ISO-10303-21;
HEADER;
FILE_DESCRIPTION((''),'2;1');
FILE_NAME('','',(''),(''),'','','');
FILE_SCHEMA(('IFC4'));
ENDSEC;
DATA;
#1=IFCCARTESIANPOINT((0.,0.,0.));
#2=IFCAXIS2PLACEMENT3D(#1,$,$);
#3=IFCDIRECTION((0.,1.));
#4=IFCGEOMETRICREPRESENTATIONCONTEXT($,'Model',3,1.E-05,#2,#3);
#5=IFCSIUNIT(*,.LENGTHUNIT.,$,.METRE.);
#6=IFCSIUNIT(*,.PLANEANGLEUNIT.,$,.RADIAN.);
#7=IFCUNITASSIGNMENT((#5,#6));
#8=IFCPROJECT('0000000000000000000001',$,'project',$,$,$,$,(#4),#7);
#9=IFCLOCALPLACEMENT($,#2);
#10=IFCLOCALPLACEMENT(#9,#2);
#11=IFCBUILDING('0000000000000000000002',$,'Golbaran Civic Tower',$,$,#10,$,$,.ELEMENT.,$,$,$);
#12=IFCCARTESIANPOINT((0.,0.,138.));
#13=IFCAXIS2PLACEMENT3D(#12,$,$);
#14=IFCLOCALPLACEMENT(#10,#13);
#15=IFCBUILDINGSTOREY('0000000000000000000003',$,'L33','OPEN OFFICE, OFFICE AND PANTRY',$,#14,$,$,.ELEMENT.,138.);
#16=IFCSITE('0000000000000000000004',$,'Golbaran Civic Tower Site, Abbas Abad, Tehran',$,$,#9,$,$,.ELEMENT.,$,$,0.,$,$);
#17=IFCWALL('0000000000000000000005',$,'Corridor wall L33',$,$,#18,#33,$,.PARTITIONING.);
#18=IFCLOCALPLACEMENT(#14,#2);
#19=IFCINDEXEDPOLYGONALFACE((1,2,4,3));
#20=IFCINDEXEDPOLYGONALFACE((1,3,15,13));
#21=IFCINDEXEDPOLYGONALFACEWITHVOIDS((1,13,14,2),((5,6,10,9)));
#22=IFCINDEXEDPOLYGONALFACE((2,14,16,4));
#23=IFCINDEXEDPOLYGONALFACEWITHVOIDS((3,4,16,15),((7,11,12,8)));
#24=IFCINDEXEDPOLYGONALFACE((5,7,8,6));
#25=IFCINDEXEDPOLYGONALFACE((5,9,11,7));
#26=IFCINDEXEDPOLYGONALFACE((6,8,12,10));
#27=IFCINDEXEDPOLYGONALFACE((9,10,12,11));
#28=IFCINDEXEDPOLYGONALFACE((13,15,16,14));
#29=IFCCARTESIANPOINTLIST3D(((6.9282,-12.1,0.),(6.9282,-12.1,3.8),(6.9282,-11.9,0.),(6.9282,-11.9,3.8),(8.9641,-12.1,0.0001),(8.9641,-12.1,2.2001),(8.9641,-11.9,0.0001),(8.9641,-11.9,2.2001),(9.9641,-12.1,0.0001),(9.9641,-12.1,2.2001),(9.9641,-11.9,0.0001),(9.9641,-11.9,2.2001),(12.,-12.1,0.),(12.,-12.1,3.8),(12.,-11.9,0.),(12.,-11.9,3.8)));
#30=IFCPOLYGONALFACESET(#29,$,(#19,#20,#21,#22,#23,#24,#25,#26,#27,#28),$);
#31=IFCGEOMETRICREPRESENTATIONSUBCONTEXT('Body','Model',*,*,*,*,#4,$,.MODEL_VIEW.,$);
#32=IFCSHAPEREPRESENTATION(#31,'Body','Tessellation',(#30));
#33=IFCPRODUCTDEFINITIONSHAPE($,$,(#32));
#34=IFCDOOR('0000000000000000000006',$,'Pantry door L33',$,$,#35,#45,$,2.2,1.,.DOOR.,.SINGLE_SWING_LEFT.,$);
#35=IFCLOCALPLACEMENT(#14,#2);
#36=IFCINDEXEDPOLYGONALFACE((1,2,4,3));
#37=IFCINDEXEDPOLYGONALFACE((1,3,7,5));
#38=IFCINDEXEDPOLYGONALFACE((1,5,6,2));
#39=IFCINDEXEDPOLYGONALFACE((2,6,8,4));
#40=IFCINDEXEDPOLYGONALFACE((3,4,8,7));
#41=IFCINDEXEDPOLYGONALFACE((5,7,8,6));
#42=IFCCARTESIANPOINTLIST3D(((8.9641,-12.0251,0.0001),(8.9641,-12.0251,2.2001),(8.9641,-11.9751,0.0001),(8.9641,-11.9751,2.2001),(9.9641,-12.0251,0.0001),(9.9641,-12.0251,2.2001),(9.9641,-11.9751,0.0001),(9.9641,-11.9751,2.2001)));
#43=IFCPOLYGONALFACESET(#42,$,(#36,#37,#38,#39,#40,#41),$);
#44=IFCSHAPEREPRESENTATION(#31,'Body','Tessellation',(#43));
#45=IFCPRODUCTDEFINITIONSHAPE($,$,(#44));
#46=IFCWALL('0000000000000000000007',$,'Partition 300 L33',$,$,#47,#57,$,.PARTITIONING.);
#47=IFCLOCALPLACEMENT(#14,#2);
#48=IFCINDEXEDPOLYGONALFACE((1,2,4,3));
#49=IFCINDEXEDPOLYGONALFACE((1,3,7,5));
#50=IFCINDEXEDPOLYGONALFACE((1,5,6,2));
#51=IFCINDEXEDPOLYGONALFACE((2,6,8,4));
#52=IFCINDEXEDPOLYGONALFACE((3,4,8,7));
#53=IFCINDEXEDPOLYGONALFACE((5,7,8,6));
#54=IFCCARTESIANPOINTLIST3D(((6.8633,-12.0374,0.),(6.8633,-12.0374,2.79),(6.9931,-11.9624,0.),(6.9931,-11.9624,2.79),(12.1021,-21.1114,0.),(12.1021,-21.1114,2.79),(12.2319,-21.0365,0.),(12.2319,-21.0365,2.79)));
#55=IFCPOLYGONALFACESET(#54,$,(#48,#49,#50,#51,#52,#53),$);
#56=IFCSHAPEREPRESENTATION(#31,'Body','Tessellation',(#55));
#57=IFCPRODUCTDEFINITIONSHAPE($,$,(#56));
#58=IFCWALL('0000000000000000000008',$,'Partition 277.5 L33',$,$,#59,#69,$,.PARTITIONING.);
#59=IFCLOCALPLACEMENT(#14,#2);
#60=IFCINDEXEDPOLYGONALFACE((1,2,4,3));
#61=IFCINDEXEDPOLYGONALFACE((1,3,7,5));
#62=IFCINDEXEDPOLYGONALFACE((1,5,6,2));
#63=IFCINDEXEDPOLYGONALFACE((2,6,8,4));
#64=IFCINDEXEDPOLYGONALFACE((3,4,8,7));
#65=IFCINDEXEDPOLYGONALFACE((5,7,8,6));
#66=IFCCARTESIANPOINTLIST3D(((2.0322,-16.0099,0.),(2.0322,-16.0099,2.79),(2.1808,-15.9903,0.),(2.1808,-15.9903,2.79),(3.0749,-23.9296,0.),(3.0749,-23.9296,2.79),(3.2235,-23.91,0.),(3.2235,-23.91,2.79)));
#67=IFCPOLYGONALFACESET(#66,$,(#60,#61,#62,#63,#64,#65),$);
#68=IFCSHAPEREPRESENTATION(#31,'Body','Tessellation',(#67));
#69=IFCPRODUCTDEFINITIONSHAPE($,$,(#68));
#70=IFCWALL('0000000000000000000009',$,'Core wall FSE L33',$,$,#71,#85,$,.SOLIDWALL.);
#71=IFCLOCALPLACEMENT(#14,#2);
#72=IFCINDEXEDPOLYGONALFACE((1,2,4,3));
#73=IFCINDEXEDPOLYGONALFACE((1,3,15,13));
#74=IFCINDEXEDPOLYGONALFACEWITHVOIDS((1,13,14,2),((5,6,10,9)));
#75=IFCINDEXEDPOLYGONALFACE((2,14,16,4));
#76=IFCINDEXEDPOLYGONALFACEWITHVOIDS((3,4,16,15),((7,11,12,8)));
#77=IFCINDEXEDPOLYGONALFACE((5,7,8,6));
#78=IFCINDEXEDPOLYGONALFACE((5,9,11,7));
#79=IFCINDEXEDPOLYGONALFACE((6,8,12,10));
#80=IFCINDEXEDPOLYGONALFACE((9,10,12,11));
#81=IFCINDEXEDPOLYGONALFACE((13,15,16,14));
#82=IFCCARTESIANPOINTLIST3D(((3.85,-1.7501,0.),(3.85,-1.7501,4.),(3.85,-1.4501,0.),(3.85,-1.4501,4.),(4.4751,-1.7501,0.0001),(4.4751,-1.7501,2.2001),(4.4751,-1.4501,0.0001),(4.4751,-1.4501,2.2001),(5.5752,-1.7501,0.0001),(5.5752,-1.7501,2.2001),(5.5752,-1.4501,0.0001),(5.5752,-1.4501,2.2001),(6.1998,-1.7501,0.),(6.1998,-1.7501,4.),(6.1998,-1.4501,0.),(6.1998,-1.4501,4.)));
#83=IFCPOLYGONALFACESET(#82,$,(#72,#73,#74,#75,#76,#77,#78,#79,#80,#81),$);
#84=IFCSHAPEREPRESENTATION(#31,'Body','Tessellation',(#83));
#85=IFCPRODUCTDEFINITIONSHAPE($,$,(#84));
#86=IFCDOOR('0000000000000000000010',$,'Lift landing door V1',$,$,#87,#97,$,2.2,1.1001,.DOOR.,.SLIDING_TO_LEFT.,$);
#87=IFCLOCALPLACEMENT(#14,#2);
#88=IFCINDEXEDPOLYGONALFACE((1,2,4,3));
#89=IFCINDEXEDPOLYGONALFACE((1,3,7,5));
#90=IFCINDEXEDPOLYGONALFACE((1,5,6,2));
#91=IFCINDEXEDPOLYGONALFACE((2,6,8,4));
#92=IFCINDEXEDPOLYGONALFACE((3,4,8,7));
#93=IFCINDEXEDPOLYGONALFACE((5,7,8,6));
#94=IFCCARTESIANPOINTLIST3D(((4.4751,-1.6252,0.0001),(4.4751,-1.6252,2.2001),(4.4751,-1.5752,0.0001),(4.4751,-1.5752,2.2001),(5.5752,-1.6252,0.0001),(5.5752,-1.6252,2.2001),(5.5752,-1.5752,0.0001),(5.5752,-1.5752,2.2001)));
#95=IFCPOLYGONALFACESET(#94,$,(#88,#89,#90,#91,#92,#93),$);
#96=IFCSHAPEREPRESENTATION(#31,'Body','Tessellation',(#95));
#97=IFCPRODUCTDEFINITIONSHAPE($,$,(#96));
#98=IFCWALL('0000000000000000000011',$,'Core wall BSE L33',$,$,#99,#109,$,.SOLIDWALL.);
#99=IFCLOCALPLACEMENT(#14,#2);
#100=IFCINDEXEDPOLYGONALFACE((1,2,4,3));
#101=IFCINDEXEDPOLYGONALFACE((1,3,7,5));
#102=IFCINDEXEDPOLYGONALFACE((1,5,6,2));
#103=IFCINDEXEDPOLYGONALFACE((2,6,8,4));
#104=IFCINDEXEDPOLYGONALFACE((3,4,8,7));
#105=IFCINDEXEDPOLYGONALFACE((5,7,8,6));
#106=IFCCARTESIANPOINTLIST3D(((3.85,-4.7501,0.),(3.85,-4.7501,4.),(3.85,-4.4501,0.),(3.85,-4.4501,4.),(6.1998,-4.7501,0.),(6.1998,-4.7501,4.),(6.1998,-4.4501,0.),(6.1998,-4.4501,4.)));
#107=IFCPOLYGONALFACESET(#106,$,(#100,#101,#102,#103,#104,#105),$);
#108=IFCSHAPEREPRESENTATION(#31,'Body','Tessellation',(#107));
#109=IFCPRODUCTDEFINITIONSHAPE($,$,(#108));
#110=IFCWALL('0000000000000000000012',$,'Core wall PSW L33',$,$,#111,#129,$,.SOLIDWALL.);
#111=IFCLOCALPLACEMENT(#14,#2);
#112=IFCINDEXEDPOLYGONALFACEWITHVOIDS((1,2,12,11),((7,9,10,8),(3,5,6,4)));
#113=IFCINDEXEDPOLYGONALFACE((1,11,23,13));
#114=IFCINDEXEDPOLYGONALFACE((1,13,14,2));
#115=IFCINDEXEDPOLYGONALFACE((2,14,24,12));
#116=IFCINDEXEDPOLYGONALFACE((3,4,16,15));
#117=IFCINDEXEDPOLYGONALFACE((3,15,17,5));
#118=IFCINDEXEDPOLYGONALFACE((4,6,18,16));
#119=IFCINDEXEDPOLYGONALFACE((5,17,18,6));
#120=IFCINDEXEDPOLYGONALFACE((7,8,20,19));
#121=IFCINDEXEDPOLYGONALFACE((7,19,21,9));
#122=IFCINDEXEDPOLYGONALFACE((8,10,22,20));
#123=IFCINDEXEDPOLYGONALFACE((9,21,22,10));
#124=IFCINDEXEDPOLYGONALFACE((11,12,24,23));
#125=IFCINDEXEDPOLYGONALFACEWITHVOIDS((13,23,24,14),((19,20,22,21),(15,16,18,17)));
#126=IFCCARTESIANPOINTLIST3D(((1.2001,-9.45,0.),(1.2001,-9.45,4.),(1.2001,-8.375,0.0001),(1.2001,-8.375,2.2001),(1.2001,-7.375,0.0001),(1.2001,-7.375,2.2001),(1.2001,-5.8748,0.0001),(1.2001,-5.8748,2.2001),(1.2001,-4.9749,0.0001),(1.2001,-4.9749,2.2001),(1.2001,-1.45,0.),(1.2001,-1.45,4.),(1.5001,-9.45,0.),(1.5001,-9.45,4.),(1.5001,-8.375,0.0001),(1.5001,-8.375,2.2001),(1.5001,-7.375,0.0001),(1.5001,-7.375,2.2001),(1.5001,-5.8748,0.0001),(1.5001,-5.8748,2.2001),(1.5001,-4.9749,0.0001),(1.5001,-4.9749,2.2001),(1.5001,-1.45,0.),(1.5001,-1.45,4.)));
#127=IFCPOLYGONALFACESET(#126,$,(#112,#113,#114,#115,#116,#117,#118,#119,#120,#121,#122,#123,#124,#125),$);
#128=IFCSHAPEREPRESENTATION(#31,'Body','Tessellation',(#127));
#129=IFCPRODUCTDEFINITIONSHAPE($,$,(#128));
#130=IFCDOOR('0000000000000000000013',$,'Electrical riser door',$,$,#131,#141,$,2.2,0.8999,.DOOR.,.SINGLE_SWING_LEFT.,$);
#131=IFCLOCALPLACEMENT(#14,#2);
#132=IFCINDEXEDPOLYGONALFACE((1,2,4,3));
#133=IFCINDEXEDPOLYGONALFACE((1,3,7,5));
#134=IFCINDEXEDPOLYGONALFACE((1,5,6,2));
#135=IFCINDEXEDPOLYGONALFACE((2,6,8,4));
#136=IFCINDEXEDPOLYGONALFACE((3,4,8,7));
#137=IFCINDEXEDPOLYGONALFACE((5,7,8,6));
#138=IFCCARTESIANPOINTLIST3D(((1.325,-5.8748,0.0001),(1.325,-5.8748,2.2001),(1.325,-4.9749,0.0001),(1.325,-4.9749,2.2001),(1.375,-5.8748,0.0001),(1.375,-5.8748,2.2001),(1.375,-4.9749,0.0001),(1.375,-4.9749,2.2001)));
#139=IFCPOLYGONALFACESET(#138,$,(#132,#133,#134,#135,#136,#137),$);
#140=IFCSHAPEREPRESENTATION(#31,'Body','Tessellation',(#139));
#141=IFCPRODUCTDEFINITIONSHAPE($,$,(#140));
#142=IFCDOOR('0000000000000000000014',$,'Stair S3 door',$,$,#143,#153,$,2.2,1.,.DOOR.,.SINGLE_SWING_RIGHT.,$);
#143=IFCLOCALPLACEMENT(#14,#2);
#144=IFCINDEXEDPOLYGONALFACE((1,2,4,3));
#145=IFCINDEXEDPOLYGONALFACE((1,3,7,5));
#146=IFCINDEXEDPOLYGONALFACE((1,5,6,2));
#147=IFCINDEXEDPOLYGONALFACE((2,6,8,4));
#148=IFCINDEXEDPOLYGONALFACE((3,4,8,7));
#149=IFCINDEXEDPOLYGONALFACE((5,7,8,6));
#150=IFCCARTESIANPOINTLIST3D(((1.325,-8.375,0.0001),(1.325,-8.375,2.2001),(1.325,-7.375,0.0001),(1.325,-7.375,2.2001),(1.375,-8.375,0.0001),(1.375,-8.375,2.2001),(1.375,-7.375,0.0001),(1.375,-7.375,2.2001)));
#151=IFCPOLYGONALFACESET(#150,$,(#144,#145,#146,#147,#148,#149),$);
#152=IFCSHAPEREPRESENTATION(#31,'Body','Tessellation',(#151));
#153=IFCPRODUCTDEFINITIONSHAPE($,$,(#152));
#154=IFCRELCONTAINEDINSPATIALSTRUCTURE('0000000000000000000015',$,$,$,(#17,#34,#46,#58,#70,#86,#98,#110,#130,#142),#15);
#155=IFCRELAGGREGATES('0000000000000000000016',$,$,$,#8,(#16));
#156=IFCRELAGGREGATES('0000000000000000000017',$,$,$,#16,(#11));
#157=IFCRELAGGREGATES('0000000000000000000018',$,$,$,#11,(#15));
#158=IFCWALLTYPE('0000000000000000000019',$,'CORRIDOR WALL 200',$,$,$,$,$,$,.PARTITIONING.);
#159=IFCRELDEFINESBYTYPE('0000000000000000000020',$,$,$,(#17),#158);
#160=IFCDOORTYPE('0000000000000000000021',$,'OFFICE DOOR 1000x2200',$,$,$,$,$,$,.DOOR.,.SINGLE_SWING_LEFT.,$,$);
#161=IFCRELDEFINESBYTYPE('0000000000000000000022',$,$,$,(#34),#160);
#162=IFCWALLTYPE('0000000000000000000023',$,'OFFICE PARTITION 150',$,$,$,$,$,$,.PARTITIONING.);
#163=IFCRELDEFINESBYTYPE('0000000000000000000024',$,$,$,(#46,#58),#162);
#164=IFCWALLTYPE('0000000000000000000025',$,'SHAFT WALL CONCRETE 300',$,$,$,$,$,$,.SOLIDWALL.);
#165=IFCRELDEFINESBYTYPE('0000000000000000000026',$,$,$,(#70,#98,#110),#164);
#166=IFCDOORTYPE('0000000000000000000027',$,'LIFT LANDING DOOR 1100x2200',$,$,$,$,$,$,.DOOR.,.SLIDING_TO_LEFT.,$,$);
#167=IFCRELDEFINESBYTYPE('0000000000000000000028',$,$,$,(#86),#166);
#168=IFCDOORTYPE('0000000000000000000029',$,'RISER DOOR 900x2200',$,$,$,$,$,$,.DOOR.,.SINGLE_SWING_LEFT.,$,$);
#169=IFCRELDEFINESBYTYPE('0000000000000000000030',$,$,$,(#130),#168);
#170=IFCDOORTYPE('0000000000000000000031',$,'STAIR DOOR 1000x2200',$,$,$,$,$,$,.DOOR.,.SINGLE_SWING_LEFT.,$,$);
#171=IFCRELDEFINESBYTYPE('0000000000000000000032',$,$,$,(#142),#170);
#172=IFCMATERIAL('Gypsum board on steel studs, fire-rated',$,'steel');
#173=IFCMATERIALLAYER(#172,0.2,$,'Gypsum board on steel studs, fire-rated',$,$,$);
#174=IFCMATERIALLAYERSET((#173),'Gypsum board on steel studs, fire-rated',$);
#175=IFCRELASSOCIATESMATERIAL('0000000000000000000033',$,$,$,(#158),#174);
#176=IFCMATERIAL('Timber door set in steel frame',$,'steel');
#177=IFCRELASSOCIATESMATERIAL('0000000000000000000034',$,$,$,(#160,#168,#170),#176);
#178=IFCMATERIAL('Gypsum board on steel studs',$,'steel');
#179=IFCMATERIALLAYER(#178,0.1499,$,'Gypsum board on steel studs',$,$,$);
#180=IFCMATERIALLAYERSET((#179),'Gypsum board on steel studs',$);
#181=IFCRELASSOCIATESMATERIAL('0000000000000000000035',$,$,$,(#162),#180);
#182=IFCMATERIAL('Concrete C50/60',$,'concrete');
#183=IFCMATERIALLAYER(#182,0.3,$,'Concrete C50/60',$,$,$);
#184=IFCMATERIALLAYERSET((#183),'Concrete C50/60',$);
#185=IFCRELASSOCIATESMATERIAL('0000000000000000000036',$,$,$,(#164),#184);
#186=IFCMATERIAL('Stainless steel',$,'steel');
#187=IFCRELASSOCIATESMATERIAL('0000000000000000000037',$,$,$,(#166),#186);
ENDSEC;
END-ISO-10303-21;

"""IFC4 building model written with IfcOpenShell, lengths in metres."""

from ifc_helpers import new_model, si_unit, direction, frame, frame_2d, origin, place, context, subcontext, project, spatial, rectangle, extrude, material, layer, layer_set, type_object, element, fill, save


model = new_model("IFC4")

# Units and contexts
model_context = context("Model", 3, precision=1e-05, world=origin(), true_north=direction((0.0, 1.0)))
body_context = subcontext(model_context, "Body", "Model", "MODEL_VIEW")
ifc_project = project(units=[si_unit("LENGTHUNIT", "METRE"), si_unit("PLANEANGLEUNIT", "RADIAN")], contexts=[model_context])

# Site, building, storey
site_placement = place(None, origin())
site = spatial("IfcSite", under=ifc_project, at=site_placement, Name="Golbaran Civic Tower Site, Abbas Abad, Tehran", CompositionType="ELEMENT", RefElevation=0.0)
building_placement = place(site_placement, origin())
building = spatial("IfcBuilding", under=site, at=building_placement, Name="Golbaran Civic Tower", CompositionType="ELEMENT")
storey_placement = place(building_placement, frame((0.0, 0.0, 138.0)))
storey = spatial("IfcBuildingStorey", under=building, at=storey_placement, Name="L33", Description="OPEN OFFICE, OFFICE AND PANTRY", CompositionType="ELEMENT", Elevation=138.0)

# Shared definitions
ifc_material_1 = material(Name="Concrete C50/60", Category="concrete")

# Wall, opening, door
ifc_material_2 = material(Name="Gypsum board on steel studs, fire-rated", Category="steel")
ifc_layer_1 = layer(ifc_material_2, 0.2, Name="Gypsum board on steel studs, fire-rated")
ifc_layer_set_1 = layer_set([ifc_layer_1], Name="Gypsum board on steel studs, fire-rated")
wall_type_1 = type_object("IfcWallType", Name="CORRIDOR WALL 200", PredefinedType="PARTITIONING", material=ifc_layer_set_1)
wall_1_placement = place(storey_placement, frame((6.9282, -12.0, 0.0), z_axis=(0.0, 0.0, 1.0), x_axis=(1.0, 0.0, 0.0)))
wall_1 = element("IfcWall", 1, at=wall_1_placement, inside=storey, type_object=wall_type_1, Name="Corridor wall L33", PredefinedType="PARTITIONING", context=body_context, shape_type="SweptSolid", body=[
    extrude(rectangle(XDim=5.0718, YDim=0.2, at=frame_2d((2.5359, 0.0))), origin(), (0.0, 0.0, 1.0), 3.8),
])
opening_1_placement = place(wall_1_placement, frame((2.0359, 0.0, 0.0)))
opening_1 = element("IfcOpeningElement", 2, at=opening_1_placement, cuts=wall_1, PredefinedType="OPENING", context=body_context, shape_type="SweptSolid", body=[
    extrude(rectangle(XDim=1.0, YDim=2.2, at=frame_2d((0.5, 1.1001))), frame((0.0, 0.1099, 0.0), z_axis=(0.0, -1.0, 0.0), x_axis=(1.0, 0.0, 0.0)), (0.0, 0.0, 1.0), 0.22),
])
ifc_material_3 = material(Name="Timber door set in steel frame", Category="steel")
door_type_1 = type_object("IfcDoorType", Name="OFFICE DOOR 1000x2200", OperationType="SINGLE_SWING_LEFT", PredefinedType="DOOR", material=ifc_material_3)
door_1_placement = place(opening_1_placement, origin())
door_1 = element("IfcDoor", 3, at=door_1_placement, inside=storey, type_object=door_type_1, Name="Pantry door L33", OperationType="SINGLE_SWING_LEFT", OverallHeight=2.2, OverallWidth=1.0, PredefinedType="DOOR", context=body_context, shape_type="SweptSolid", body=[
    extrude(rectangle(XDim=1.0, YDim=2.2, at=frame_2d((0.5, 1.1001))), frame((0.0, 0.0249, 0.0), z_axis=(0.0, -1.0, 0.0), x_axis=(1.0, 0.0, 0.0)), (0.0, 0.0, 1.0), 0.05),
])
fill(opening_1, door_1)

# Walls
ifc_material_4 = material(Name="Gypsum board on steel studs", Category="steel")
ifc_layer_2 = layer(ifc_material_4, 0.1499, Name="Gypsum board on steel studs")
ifc_layer_set_2 = layer_set([ifc_layer_2], Name="Gypsum board on steel studs")
wall_type_2 = type_object("IfcWallType", Name="OFFICE PARTITION 150", PredefinedType="PARTITIONING", material=ifc_layer_set_2)
wall_2_placement = place(storey_placement, frame((6.9282, -12.0, 0.0), z_axis=(0.0, 0.0, 1.0), x_axis=(0.499993, -0.866029, 0.0)))
element("IfcWall", 4, at=wall_2_placement, inside=storey, type_object=wall_type_2, Name="Partition 300 L33", PredefinedType="PARTITIONING", context=body_context, shape_type="SweptSolid", body=[
    extrude(rectangle(XDim=10.4778, YDim=0.1499, at=frame_2d((5.2388, 0.0))), origin(), (0.0, 0.0, 1.0), 2.79),
])
wall_3_placement = place(storey_placement, frame((2.1064, -16.0, 0.0), z_axis=(0.0, 0.0, 1.0), x_axis=(0.130536, -0.991444, 0.0)))
element("IfcWall", 5, at=wall_3_placement, inside=storey, type_object=wall_type_2, Name="Partition 277.5 L33", PredefinedType="PARTITIONING", context=body_context, shape_type="SweptSolid", body=[
    extrude(rectangle(XDim=7.988, YDim=0.1499, at=frame_2d((3.9941, 0.0))), origin(), (0.0, 0.0, 1.0), 2.79),
])

# Wall, opening, door
ifc_layer_3 = layer(ifc_material_1, 0.3, Name="Concrete C50/60")
ifc_layer_set_3 = layer_set([ifc_layer_3], Name="Concrete C50/60")
wall_type_3 = type_object("IfcWallType", Name="SHAFT WALL CONCRETE 300", PredefinedType="SOLIDWALL", material=ifc_layer_set_3)
wall_4_placement = place(storey_placement, frame((3.8501, -1.6001, 0.0), z_axis=(0.0, 0.0, 1.0), x_axis=(1.0, 0.0, 0.0)))
wall_4 = element("IfcWall", 6, at=wall_4_placement, inside=storey, type_object=wall_type_3, Name="Core wall FSE L33", PredefinedType="SOLIDWALL", context=body_context, shape_type="SweptSolid", body=[
    extrude(rectangle(XDim=2.3499, YDim=0.3, at=frame_2d((1.1748, 0.0))), origin(), (0.0, 0.0, 1.0), 4.0),
])
opening_2_placement = place(wall_4_placement, frame((0.625, 0.0, 0.0)))
opening_2 = element("IfcOpeningElement", 7, at=opening_2_placement, cuts=wall_4, PredefinedType="OPENING", context=body_context, shape_type="SweptSolid", body=[
    extrude(rectangle(XDim=1.1001, YDim=2.2, at=frame_2d((0.55, 1.1001))), frame((0.0, 0.1599, 0.0), z_axis=(0.0, -1.0, 0.0), x_axis=(1.0, 0.0, 0.0)), (0.0, 0.0, 1.0), 0.3201),
])
ifc_material_5 = material(Name="Stainless steel", Category="steel")
door_type_2 = type_object("IfcDoorType", Name="LIFT LANDING DOOR 1100x2200", OperationType="SLIDING_TO_LEFT", PredefinedType="DOOR", material=ifc_material_5)
door_2_placement = place(opening_2_placement, origin())
door_2 = element("IfcDoor", 8, at=door_2_placement, inside=storey, type_object=door_type_2, Name="Lift landing door V1", OperationType="SLIDING_TO_LEFT", OverallHeight=2.2, OverallWidth=1.1001, PredefinedType="DOOR", context=body_context, shape_type="SweptSolid", body=[
    extrude(rectangle(XDim=1.1001, YDim=2.2, at=frame_2d((0.55, 1.1001))), frame((0.0, 0.0249, 0.0), z_axis=(0.0, -1.0, 0.0), x_axis=(1.0, 0.0, 0.0)), (0.0, 0.0, 1.0), 0.05),
])
fill(opening_2, door_2)

# Wall
wall_5_placement = place(storey_placement, frame((3.8501, -4.6001, 0.0), z_axis=(0.0, 0.0, 1.0), x_axis=(1.0, 0.0, 0.0)))
element("IfcWall", 9, at=wall_5_placement, inside=storey, type_object=wall_type_3, Name="Core wall BSE L33", PredefinedType="SOLIDWALL", context=body_context, shape_type="SweptSolid", body=[
    extrude(rectangle(XDim=2.3499, YDim=0.3, at=frame_2d((1.1748, 0.0))), origin(), (0.0, 0.0, 1.0), 4.0),
])

# Wall, openings, doors
wall_6_placement = place(storey_placement, frame((1.3501, -1.45, 0.0), z_axis=(0.0, 0.0, 1.0), x_axis=(0.0, -1.0, 0.0)))
wall_6 = element("IfcWall", 10, at=wall_6_placement, inside=storey, type_object=wall_type_3, Name="Core wall PSW L33", PredefinedType="SOLIDWALL", context=body_context, shape_type="SweptSolid", body=[
    extrude(rectangle(XDim=8.0, YDim=0.3, at=frame_2d((4.0, 0.0))), origin(), (0.0, 0.0, 1.0), 4.0),
])
opening_3_placement = place(wall_6_placement, frame((5.925, 0.0, 0.0)))
opening_3 = element("IfcOpeningElement", 11, at=opening_3_placement, cuts=wall_6, PredefinedType="OPENING", context=body_context, shape_type="SweptSolid", body=[
    extrude(rectangle(XDim=1.0, YDim=2.2, at=frame_2d((0.5, 1.1001))), frame((0.0, 0.1599, 0.0), z_axis=(0.0, -1.0, 0.0), x_axis=(1.0, 0.0, 0.0)), (0.0, 0.0, 1.0), 0.3201),
])
opening_4_placement = place(wall_6_placement, frame((3.5249, 0.0, 0.0)))
opening_4 = element("IfcOpeningElement", 12, at=opening_4_placement, cuts=wall_6, PredefinedType="OPENING", context=body_context, shape_type="SweptSolid", body=[
    extrude(rectangle(XDim=0.8999, YDim=2.2, at=frame_2d((0.45, 1.1001))), frame((0.0, 0.1599, 0.0), z_axis=(0.0, -1.0, 0.0), x_axis=(1.0, 0.0, 0.0)), (0.0, 0.0, 1.0), 0.3201),
])
door_type_3 = type_object("IfcDoorType", Name="RISER DOOR 900x2200", OperationType="SINGLE_SWING_LEFT", PredefinedType="DOOR", material=ifc_material_3)
door_3_placement = place(opening_4_placement, origin())
door_3 = element("IfcDoor", 13, at=door_3_placement, inside=storey, type_object=door_type_3, Name="Electrical riser door", OperationType="SINGLE_SWING_LEFT", OverallHeight=2.2, OverallWidth=0.8999, PredefinedType="DOOR", context=body_context, shape_type="SweptSolid", body=[
    extrude(rectangle(XDim=0.8999, YDim=2.2, at=frame_2d((0.45, 1.1001))), frame((0.0, 0.0249, 0.0), z_axis=(0.0, -1.0, 0.0), x_axis=(1.0, 0.0, 0.0)), (0.0, 0.0, 1.0), 0.05),
])
fill(opening_4, door_3)
door_type_4 = type_object("IfcDoorType", Name="STAIR DOOR 1000x2200", OperationType="SINGLE_SWING_LEFT", PredefinedType="DOOR", material=ifc_material_3)
door_4_placement = place(opening_3_placement, origin())
door_4 = element("IfcDoor", 14, at=door_4_placement, inside=storey, type_object=door_type_4, Name="Stair S3 door", OperationType="SINGLE_SWING_RIGHT", OverallHeight=2.2, OverallWidth=1.0, PredefinedType="DOOR", context=body_context, shape_type="SweptSolid", body=[
    extrude(rectangle(XDim=1.0, YDim=2.2, at=frame_2d((0.5, 1.1001))), frame((0.0, 0.0249, 0.0), z_axis=(0.0, -1.0, 0.0), x_axis=(1.0, 0.0, 0.0)), (0.0, 0.0, 1.0), 0.05),
])
fill(opening_3, door_4)

save(model, "model.ifc")
